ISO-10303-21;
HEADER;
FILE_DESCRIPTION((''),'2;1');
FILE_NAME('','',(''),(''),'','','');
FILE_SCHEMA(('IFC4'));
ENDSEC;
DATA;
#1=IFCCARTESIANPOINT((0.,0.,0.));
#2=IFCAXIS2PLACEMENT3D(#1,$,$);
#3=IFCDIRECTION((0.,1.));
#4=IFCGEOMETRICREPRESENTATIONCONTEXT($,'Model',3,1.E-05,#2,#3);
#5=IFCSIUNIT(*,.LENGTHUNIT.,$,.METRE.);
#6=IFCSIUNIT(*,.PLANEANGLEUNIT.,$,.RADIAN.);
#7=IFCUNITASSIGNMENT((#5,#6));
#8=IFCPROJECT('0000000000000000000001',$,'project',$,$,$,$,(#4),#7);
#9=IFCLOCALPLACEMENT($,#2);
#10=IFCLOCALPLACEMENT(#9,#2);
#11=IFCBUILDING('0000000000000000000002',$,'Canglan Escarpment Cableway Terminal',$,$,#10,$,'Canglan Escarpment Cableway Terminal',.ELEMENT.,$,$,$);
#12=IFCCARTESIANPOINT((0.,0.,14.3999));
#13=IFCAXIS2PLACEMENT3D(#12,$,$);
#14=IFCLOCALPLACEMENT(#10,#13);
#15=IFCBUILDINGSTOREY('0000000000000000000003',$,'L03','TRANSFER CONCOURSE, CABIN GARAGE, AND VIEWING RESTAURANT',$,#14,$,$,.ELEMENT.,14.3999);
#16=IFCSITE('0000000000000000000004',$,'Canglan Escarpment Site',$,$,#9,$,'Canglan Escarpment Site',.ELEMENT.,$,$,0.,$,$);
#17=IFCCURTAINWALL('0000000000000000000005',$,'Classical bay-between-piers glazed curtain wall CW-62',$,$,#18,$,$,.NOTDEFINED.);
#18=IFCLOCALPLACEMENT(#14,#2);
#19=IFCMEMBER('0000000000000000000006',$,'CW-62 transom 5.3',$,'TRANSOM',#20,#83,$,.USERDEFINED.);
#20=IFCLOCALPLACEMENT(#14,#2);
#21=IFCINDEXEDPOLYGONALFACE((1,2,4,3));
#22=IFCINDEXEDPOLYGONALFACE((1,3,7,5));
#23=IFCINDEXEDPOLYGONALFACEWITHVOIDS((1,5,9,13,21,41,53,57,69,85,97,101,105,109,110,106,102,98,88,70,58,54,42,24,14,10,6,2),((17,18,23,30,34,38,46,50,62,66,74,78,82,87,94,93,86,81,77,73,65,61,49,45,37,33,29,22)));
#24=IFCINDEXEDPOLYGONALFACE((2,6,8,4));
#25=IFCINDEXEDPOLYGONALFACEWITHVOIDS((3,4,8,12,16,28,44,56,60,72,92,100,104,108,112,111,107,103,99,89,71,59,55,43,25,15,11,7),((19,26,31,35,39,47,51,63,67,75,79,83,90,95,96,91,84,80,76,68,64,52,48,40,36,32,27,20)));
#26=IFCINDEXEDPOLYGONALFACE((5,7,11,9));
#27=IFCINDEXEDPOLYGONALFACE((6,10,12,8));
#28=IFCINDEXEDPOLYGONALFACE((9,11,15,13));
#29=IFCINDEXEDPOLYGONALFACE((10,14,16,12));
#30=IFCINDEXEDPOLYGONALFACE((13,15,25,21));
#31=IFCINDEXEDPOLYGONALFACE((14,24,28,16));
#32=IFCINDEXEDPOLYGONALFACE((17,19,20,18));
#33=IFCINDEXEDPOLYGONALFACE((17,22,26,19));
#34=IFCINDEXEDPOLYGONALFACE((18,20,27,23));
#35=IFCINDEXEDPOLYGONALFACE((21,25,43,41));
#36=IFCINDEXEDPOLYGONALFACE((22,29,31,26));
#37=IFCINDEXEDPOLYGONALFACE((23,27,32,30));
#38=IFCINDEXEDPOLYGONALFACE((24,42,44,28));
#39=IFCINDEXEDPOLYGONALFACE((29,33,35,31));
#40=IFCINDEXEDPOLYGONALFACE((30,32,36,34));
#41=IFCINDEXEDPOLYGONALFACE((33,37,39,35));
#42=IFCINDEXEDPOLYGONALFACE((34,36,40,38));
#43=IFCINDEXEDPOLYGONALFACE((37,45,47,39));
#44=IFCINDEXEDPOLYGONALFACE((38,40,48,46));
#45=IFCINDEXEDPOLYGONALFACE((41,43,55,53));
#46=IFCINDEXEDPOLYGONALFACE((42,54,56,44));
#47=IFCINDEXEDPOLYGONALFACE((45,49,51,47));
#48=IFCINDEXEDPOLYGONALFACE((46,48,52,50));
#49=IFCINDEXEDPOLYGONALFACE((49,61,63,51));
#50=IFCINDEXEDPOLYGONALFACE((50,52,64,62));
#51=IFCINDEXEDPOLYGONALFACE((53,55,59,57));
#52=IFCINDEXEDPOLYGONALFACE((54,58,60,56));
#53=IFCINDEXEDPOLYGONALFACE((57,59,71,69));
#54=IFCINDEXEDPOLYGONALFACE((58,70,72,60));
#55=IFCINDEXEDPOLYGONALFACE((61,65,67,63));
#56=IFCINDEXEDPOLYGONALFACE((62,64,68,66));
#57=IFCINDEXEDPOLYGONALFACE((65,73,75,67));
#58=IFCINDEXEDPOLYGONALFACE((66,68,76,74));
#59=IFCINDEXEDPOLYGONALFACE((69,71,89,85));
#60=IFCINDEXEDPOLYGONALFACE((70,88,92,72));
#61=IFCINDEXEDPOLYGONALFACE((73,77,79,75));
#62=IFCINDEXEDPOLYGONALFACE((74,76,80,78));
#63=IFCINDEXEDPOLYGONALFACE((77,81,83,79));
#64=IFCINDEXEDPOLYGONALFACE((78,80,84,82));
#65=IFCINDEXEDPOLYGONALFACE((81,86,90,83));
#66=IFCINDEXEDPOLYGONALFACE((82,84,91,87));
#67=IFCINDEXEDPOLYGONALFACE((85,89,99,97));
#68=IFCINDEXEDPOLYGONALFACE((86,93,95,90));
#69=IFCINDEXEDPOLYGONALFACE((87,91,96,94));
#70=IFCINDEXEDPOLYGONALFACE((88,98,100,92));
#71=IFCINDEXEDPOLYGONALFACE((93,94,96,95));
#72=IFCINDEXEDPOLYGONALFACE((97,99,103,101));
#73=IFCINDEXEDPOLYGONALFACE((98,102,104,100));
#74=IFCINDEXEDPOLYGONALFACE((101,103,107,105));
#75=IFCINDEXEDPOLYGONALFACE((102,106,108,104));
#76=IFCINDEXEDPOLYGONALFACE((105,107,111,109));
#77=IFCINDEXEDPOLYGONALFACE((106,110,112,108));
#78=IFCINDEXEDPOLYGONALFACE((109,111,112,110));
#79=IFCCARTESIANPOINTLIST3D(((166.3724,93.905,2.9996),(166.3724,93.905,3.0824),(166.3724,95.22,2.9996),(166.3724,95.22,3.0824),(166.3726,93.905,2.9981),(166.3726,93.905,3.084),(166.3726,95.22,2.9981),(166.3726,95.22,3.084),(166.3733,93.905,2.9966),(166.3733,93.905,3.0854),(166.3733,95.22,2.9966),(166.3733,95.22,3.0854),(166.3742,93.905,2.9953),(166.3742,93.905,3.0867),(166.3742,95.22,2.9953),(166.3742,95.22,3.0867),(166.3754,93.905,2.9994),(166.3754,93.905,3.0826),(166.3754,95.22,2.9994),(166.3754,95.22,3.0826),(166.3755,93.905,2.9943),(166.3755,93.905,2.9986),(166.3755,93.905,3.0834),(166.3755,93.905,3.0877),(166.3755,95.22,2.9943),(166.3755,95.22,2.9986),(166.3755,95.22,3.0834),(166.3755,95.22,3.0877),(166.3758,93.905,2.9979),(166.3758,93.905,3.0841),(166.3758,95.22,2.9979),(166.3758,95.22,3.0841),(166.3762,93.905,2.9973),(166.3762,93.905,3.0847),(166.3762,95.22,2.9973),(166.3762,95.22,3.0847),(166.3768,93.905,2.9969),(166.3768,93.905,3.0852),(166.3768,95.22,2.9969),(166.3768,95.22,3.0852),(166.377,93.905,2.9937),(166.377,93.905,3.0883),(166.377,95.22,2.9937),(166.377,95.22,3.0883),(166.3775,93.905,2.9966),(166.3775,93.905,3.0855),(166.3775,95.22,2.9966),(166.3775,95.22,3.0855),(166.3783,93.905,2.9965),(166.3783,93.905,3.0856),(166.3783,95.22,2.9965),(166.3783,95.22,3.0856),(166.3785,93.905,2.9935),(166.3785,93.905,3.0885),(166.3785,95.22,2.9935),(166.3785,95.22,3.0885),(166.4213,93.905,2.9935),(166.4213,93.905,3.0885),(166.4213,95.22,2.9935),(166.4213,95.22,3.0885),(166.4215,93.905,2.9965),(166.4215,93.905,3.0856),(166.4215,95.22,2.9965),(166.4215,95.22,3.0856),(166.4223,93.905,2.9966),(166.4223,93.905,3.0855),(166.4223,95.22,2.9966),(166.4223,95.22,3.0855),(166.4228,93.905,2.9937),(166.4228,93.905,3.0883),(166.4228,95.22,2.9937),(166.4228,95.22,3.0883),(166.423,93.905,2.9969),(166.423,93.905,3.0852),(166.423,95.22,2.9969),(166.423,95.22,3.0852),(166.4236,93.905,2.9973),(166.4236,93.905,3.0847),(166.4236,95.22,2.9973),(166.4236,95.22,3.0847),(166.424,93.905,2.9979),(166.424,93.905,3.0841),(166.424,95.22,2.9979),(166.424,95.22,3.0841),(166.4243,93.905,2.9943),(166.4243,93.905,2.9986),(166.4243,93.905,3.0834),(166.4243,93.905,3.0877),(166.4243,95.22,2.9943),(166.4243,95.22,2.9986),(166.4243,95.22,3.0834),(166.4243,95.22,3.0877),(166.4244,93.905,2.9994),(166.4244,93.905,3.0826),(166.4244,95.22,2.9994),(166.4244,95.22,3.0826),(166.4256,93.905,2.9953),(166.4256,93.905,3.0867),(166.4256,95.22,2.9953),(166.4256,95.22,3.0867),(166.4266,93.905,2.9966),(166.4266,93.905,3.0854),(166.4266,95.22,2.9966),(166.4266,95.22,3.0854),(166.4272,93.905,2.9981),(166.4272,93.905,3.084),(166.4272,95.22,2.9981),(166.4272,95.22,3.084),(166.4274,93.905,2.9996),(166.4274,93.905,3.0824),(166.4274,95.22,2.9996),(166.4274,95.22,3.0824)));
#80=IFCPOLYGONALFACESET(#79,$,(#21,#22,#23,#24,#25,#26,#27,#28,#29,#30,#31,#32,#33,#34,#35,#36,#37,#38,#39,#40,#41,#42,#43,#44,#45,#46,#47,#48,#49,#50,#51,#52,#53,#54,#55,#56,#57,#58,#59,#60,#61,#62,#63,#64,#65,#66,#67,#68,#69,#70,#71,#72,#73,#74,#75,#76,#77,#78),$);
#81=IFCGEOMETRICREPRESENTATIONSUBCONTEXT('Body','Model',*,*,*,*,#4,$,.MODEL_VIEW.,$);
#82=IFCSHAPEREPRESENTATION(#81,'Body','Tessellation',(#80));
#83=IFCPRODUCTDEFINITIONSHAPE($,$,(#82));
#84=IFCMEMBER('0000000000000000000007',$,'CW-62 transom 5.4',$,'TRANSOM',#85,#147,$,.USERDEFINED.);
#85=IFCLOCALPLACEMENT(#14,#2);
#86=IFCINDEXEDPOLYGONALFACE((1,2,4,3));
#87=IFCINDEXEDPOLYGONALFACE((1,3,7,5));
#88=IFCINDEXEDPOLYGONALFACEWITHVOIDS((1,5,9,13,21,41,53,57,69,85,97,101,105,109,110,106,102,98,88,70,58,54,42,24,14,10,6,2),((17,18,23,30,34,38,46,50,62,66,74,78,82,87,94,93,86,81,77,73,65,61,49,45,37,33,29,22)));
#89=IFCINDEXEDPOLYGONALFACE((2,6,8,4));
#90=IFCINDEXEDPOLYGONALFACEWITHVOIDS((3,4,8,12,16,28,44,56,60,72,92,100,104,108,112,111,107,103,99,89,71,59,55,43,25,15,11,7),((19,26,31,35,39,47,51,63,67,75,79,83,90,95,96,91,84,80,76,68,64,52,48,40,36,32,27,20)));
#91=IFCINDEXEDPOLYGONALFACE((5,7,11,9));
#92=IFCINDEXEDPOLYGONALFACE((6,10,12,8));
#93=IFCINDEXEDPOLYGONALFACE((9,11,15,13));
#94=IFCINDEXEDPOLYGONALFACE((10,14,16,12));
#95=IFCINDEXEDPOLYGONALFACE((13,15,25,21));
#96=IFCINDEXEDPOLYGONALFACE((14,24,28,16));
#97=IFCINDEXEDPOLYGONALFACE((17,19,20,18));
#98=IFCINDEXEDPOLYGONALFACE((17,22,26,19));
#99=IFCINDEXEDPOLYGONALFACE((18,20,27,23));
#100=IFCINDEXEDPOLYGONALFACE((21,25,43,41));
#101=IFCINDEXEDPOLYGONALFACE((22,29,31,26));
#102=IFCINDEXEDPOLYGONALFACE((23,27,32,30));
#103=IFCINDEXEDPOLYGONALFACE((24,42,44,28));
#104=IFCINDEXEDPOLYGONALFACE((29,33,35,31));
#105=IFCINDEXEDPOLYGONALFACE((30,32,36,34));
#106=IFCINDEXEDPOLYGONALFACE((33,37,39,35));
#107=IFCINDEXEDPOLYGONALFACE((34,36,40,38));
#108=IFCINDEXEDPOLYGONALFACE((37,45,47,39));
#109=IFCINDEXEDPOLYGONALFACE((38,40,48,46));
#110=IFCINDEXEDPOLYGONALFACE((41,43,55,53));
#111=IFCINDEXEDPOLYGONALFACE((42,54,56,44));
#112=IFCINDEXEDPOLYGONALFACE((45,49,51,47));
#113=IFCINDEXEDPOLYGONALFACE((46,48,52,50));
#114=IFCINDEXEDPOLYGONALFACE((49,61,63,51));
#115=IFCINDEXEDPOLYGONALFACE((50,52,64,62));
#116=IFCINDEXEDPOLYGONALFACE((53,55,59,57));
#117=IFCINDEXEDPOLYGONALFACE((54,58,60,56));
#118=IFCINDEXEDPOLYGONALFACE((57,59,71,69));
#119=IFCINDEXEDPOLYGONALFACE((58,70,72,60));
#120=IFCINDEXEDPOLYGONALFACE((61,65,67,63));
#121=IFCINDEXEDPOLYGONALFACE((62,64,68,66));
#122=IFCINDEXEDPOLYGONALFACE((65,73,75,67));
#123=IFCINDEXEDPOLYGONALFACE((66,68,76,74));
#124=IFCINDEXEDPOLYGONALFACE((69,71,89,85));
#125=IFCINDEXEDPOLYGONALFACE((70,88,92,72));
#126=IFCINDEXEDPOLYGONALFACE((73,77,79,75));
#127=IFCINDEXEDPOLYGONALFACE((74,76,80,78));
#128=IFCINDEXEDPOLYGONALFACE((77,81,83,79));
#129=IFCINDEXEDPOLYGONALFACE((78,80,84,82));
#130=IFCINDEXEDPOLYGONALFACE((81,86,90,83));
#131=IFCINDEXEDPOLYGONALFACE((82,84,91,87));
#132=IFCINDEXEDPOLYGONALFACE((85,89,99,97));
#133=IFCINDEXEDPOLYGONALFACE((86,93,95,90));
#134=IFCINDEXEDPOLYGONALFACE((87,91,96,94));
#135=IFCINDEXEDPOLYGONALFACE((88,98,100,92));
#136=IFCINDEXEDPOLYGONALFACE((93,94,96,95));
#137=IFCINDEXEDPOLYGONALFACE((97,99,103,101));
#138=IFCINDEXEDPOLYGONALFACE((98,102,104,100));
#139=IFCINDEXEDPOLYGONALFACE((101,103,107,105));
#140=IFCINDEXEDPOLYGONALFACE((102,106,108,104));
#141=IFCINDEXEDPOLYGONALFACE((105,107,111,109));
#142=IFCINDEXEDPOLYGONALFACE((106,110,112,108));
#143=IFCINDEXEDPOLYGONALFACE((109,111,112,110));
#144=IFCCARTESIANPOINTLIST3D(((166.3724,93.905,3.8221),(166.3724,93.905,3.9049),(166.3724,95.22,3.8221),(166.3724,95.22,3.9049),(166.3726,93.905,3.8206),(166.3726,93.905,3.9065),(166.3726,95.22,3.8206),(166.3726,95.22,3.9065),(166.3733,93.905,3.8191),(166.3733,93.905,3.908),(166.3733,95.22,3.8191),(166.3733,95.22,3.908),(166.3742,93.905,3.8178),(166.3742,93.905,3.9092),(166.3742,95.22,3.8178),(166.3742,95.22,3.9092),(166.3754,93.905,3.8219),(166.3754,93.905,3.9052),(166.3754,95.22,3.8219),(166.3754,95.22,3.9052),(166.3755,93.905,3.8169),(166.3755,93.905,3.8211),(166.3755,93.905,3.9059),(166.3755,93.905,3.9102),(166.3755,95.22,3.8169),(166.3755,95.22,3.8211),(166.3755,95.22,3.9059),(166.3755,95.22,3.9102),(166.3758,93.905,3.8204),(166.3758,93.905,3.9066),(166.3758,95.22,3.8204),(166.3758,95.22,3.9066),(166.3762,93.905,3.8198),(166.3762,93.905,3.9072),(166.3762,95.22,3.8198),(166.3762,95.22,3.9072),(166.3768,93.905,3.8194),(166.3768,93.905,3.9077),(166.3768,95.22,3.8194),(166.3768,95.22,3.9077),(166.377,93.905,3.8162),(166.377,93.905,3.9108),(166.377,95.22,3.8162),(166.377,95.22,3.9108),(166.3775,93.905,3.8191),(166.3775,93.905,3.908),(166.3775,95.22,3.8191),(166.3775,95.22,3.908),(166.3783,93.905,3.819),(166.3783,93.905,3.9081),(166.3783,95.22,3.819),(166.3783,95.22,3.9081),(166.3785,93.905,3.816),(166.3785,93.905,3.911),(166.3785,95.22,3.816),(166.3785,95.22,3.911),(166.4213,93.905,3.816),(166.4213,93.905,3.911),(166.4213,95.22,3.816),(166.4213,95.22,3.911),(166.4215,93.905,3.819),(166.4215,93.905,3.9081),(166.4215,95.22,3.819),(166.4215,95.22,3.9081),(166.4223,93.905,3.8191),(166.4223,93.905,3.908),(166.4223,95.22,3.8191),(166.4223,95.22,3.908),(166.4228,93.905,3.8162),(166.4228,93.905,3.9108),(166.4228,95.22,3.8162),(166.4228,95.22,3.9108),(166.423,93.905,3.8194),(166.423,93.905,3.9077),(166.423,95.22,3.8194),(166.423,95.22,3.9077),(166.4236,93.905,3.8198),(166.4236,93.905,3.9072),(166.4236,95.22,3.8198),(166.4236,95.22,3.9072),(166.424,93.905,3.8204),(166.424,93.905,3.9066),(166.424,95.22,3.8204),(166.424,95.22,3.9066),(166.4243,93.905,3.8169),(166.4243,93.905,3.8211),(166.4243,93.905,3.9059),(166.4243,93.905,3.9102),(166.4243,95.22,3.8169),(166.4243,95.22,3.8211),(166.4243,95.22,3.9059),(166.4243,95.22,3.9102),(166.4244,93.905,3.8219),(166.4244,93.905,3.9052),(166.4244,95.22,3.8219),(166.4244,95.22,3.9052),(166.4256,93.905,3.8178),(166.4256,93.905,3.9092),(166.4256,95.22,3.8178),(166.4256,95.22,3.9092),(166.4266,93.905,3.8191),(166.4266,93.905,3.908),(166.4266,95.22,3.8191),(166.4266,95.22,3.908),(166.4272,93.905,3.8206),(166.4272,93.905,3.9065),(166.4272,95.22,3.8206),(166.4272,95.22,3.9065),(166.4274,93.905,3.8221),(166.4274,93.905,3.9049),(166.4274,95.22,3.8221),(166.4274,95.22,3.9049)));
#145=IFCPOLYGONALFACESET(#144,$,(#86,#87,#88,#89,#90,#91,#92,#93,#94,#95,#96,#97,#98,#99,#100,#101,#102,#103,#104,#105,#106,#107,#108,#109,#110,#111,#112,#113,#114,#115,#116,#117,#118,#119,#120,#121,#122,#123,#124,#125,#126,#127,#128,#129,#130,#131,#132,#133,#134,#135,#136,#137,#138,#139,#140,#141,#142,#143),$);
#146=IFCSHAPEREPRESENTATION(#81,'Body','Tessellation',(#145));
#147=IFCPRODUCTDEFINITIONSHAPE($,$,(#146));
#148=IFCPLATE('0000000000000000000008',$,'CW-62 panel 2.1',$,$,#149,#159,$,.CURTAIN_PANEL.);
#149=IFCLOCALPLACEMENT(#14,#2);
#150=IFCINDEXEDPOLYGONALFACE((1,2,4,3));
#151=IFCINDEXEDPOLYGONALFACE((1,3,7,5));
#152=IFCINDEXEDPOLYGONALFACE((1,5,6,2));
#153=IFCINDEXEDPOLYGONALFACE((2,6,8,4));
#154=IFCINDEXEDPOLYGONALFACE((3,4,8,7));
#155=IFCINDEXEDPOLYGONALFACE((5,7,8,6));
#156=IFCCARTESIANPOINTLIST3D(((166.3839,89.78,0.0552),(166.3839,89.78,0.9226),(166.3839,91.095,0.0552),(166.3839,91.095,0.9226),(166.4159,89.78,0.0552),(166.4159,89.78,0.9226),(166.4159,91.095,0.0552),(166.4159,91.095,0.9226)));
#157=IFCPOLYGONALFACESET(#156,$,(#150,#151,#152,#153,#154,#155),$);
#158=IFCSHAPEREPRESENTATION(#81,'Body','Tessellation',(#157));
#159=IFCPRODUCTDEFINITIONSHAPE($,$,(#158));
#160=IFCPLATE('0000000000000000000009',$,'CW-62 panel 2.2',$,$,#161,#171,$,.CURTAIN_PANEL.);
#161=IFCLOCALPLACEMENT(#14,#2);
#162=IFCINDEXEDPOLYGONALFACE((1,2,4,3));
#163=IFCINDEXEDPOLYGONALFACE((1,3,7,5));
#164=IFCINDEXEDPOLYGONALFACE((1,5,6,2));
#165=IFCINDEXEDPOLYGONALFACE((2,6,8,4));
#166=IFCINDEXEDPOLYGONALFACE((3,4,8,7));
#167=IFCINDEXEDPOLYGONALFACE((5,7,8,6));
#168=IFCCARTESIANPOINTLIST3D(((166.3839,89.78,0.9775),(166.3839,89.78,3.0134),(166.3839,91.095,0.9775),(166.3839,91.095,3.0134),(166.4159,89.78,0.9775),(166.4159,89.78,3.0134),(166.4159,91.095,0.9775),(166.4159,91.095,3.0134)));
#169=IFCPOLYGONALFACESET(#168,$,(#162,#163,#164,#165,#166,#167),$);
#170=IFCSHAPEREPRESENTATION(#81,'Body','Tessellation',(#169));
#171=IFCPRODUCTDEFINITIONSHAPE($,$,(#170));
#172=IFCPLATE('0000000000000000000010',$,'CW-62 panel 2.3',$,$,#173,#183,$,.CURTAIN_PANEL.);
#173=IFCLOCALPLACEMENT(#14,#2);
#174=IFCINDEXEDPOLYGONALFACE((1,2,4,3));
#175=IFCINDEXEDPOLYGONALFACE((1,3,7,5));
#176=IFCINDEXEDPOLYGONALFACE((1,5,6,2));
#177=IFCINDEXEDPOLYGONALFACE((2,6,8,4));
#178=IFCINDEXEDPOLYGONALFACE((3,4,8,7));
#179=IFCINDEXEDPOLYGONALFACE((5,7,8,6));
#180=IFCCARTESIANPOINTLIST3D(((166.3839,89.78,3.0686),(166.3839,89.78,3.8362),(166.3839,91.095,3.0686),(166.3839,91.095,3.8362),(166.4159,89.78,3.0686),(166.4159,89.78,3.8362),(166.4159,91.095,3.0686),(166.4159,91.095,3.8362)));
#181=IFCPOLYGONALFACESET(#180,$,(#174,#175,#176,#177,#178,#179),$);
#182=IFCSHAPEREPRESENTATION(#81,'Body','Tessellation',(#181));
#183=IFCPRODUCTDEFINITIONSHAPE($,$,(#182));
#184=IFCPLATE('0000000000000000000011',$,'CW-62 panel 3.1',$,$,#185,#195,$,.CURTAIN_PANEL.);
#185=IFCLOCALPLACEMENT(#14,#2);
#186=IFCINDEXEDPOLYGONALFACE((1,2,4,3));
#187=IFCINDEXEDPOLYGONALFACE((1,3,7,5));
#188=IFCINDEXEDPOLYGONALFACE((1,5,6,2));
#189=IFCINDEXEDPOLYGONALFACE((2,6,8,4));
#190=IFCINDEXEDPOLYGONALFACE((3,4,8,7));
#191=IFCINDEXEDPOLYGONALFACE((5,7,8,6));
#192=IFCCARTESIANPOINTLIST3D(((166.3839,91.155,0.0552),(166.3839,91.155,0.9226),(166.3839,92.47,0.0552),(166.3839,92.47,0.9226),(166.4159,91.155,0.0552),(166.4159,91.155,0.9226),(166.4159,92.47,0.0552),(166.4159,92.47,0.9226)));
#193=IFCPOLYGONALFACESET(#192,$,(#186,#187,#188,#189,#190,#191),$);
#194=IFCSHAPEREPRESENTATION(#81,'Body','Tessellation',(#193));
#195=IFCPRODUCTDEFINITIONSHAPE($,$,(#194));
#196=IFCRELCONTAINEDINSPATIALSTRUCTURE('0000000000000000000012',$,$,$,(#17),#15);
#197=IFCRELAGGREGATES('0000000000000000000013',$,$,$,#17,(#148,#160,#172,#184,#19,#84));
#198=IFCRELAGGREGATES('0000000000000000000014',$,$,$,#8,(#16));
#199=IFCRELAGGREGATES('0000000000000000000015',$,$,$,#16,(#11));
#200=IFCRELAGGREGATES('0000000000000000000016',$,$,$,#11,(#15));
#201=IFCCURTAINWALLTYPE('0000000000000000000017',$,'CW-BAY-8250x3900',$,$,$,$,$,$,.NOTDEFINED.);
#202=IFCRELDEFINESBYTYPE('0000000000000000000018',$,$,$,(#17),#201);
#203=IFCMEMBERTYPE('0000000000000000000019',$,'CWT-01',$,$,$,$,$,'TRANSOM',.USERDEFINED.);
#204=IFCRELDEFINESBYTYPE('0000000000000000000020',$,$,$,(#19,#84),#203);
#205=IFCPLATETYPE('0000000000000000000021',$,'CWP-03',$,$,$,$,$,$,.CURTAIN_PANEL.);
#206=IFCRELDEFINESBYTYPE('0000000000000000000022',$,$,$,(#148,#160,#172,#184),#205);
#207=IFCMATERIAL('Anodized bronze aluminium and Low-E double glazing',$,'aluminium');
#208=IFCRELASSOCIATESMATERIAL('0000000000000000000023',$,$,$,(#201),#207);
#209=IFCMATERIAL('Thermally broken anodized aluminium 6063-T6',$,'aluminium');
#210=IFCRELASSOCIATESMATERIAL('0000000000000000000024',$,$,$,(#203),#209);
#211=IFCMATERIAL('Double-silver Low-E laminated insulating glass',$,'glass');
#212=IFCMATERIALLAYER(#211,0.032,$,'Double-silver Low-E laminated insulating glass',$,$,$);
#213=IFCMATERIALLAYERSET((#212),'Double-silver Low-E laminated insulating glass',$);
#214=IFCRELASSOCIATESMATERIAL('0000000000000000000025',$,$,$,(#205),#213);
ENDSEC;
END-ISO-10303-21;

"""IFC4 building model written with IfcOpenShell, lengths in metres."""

from ifc_helpers import new_model, si_unit, direction, frame, origin, origin_2d, place, context, subcontext, project, spatial, rectangle, hollow_rectangle, extrude, material, layer, layer_set, material_profile, profile_set, type_object, element, aggregate, save


model = new_model("IFC4")

# Units and contexts
model_context = context("Model", 3, precision=1e-05, world=origin(), true_north=direction((0.0, 1.0)))
body_context = subcontext(model_context, "Body", "Model", "MODEL_VIEW")
ifc_project = project(units=[si_unit("LENGTHUNIT", "METRE"), si_unit("PLANEANGLEUNIT", "RADIAN")], contexts=[model_context])

# Site, building, storey
site_placement = place(None, origin())
site = spatial("IfcSite", under=ifc_project, at=site_placement, Name="Canglan Escarpment Site", LongName="Canglan Escarpment Site", CompositionType="ELEMENT", RefElevation=0.0)
building_placement = place(site_placement, origin())
building = spatial("IfcBuilding", under=site, at=building_placement, Name="Canglan Escarpment Cableway Terminal", LongName="Canglan Escarpment Cableway Terminal", CompositionType="ELEMENT")
storey_placement = place(building_placement, frame((0.0, 0.0, 14.3999)))
storey = spatial("IfcBuildingStorey", under=building, at=storey_placement, Name="L03", Description="TRANSFER CONCOURSE, CABIN GARAGE, AND VIEWING RESTAURANT", CompositionType="ELEMENT", Elevation=14.3999)

# Curtain wall, members, plates
ifc_material_1 = material(Name="Anodized bronze aluminium and Low-E double glazing", Category="aluminium")
curtain_wall_type = type_object("IfcCurtainWallType", Name="CW-BAY-8250x3900", PredefinedType="NOTDEFINED", material=ifc_material_1)
curtain_wall_placement = place(storey_placement, origin())
curtain_wall = element("IfcCurtainWall", 1, at=curtain_wall_placement, inside=storey, type_object=curtain_wall_type, Name="Classical bay-between-piers glazed curtain wall CW-62", PredefinedType="NOTDEFINED")
ifc_material_2 = material(Name="Thermally broken anodized aluminium 6063-T6", Category="aluminium")
ifc_material_profile_1 = material_profile(ifc_material_2, hollow_rectangle(XDim=0.0549, YDim=0.095, WallThickness=0.0029, InnerFilletRadius=0.0029, OuterFilletRadius=0.0061, at=origin_2d()), Name="ALU-TRAN 55x95x3")
ifc_profile_set_1 = profile_set([ifc_material_profile_1], Name="Thermally broken anodized aluminium 6063-T6")
member_type_1 = type_object("IfcMemberType", Name="CWT-01", ElementType="TRANSOM", PredefinedType="USERDEFINED", material=ifc_profile_set_1)
member_1_placement = place(storey_placement, frame((166.3999, 93.905, 3.041), z_axis=(0.0, 1.0, 0.0), x_axis=(-1.0, 0.0, 0.0)))
member_1 = element("IfcMember", 2, at=member_1_placement, type_object=member_type_1, Name="CW-62 transom 5.3", ObjectType="TRANSOM", PredefinedType="USERDEFINED", context=body_context, shape_type="SweptSolid", body=[
    extrude(hollow_rectangle(XDim=0.0549, YDim=0.095, WallThickness=0.0029, InnerFilletRadius=0.0029, OuterFilletRadius=0.0061, at=origin_2d()), origin(), (0.0, 0.0, 1.0), 1.3149),
])
member_2_placement = place(storey_placement, frame((166.3999, 93.905, 3.8635), z_axis=(0.0, 1.0, 0.0), x_axis=(-1.0, 0.0, 0.0)))
member_2 = element("IfcMember", 3, at=member_2_placement, type_object=member_type_1, Name="CW-62 transom 5.4", ObjectType="TRANSOM", PredefinedType="USERDEFINED", context=body_context, shape_type="SweptSolid", body=[
    extrude(hollow_rectangle(XDim=0.0549, YDim=0.095, WallThickness=0.0029, InnerFilletRadius=0.0029, OuterFilletRadius=0.0061, at=origin_2d()), origin(), (0.0, 0.0, 1.0), 1.3149),
])
ifc_material_3 = material(Name="Double-silver Low-E laminated insulating glass", Category="glass")
ifc_layer_1 = layer(ifc_material_3, 0.032, Name="Double-silver Low-E laminated insulating glass")
ifc_layer_set_1 = layer_set([ifc_layer_1], Name="Double-silver Low-E laminated insulating glass")
plate_type = type_object("IfcPlateType", Name="CWP-03", PredefinedType="CURTAIN_PANEL", material=ifc_layer_set_1)
plate_1_placement = place(storey_placement, frame((166.3999, 90.4375, 0.0552), z_axis=(0.0, 0.0, 1.0), x_axis=(0.0, 1.0, 0.0)))
plate_1 = element("IfcPlate", 4, at=plate_1_placement, type_object=plate_type, Name="CW-62 panel 2.1", PredefinedType="CURTAIN_PANEL", context=body_context, shape_type="SweptSolid", body=[
    extrude(rectangle(XDim=1.3149, YDim=0.032, at=origin_2d()), origin(), (0.0, 0.0, 1.0), 0.8674),
])
plate_2_placement = place(storey_placement, frame((166.3999, 90.4375, 0.9775), z_axis=(0.0, 0.0, 1.0), x_axis=(0.0, 1.0, 0.0)))
plate_2 = element("IfcPlate", 5, at=plate_2_placement, type_object=plate_type, Name="CW-62 panel 2.2", PredefinedType="CURTAIN_PANEL", context=body_context, shape_type="SweptSolid", body=[
    extrude(rectangle(XDim=1.3149, YDim=0.032, at=origin_2d()), origin(), (0.0, 0.0, 1.0), 2.0359),
])
plate_3_placement = place(storey_placement, frame((166.3999, 90.4375, 3.0686), z_axis=(0.0, 0.0, 1.0), x_axis=(0.0, 1.0, 0.0)))
plate_3 = element("IfcPlate", 6, at=plate_3_placement, type_object=plate_type, Name="CW-62 panel 2.3", PredefinedType="CURTAIN_PANEL", context=body_context, shape_type="SweptSolid", body=[
    extrude(rectangle(XDim=1.3149, YDim=0.032, at=origin_2d()), origin(), (0.0, 0.0, 1.0), 0.7676),
])
plate_4_placement = place(storey_placement, frame((166.3999, 91.8125, 0.0552), z_axis=(0.0, 0.0, 1.0), x_axis=(0.0, 1.0, 0.0)))
plate_4 = element("IfcPlate", 7, at=plate_4_placement, type_object=plate_type, Name="CW-62 panel 3.1", PredefinedType="CURTAIN_PANEL", context=body_context, shape_type="SweptSolid", body=[
    extrude(rectangle(XDim=1.3149, YDim=0.032, at=origin_2d()), origin(), (0.0, 0.0, 1.0), 0.8674),
])
aggregate(curtain_wall, [plate_1, plate_2, plate_3, plate_4, member_1, member_2])

save(model, "model.ifc")
